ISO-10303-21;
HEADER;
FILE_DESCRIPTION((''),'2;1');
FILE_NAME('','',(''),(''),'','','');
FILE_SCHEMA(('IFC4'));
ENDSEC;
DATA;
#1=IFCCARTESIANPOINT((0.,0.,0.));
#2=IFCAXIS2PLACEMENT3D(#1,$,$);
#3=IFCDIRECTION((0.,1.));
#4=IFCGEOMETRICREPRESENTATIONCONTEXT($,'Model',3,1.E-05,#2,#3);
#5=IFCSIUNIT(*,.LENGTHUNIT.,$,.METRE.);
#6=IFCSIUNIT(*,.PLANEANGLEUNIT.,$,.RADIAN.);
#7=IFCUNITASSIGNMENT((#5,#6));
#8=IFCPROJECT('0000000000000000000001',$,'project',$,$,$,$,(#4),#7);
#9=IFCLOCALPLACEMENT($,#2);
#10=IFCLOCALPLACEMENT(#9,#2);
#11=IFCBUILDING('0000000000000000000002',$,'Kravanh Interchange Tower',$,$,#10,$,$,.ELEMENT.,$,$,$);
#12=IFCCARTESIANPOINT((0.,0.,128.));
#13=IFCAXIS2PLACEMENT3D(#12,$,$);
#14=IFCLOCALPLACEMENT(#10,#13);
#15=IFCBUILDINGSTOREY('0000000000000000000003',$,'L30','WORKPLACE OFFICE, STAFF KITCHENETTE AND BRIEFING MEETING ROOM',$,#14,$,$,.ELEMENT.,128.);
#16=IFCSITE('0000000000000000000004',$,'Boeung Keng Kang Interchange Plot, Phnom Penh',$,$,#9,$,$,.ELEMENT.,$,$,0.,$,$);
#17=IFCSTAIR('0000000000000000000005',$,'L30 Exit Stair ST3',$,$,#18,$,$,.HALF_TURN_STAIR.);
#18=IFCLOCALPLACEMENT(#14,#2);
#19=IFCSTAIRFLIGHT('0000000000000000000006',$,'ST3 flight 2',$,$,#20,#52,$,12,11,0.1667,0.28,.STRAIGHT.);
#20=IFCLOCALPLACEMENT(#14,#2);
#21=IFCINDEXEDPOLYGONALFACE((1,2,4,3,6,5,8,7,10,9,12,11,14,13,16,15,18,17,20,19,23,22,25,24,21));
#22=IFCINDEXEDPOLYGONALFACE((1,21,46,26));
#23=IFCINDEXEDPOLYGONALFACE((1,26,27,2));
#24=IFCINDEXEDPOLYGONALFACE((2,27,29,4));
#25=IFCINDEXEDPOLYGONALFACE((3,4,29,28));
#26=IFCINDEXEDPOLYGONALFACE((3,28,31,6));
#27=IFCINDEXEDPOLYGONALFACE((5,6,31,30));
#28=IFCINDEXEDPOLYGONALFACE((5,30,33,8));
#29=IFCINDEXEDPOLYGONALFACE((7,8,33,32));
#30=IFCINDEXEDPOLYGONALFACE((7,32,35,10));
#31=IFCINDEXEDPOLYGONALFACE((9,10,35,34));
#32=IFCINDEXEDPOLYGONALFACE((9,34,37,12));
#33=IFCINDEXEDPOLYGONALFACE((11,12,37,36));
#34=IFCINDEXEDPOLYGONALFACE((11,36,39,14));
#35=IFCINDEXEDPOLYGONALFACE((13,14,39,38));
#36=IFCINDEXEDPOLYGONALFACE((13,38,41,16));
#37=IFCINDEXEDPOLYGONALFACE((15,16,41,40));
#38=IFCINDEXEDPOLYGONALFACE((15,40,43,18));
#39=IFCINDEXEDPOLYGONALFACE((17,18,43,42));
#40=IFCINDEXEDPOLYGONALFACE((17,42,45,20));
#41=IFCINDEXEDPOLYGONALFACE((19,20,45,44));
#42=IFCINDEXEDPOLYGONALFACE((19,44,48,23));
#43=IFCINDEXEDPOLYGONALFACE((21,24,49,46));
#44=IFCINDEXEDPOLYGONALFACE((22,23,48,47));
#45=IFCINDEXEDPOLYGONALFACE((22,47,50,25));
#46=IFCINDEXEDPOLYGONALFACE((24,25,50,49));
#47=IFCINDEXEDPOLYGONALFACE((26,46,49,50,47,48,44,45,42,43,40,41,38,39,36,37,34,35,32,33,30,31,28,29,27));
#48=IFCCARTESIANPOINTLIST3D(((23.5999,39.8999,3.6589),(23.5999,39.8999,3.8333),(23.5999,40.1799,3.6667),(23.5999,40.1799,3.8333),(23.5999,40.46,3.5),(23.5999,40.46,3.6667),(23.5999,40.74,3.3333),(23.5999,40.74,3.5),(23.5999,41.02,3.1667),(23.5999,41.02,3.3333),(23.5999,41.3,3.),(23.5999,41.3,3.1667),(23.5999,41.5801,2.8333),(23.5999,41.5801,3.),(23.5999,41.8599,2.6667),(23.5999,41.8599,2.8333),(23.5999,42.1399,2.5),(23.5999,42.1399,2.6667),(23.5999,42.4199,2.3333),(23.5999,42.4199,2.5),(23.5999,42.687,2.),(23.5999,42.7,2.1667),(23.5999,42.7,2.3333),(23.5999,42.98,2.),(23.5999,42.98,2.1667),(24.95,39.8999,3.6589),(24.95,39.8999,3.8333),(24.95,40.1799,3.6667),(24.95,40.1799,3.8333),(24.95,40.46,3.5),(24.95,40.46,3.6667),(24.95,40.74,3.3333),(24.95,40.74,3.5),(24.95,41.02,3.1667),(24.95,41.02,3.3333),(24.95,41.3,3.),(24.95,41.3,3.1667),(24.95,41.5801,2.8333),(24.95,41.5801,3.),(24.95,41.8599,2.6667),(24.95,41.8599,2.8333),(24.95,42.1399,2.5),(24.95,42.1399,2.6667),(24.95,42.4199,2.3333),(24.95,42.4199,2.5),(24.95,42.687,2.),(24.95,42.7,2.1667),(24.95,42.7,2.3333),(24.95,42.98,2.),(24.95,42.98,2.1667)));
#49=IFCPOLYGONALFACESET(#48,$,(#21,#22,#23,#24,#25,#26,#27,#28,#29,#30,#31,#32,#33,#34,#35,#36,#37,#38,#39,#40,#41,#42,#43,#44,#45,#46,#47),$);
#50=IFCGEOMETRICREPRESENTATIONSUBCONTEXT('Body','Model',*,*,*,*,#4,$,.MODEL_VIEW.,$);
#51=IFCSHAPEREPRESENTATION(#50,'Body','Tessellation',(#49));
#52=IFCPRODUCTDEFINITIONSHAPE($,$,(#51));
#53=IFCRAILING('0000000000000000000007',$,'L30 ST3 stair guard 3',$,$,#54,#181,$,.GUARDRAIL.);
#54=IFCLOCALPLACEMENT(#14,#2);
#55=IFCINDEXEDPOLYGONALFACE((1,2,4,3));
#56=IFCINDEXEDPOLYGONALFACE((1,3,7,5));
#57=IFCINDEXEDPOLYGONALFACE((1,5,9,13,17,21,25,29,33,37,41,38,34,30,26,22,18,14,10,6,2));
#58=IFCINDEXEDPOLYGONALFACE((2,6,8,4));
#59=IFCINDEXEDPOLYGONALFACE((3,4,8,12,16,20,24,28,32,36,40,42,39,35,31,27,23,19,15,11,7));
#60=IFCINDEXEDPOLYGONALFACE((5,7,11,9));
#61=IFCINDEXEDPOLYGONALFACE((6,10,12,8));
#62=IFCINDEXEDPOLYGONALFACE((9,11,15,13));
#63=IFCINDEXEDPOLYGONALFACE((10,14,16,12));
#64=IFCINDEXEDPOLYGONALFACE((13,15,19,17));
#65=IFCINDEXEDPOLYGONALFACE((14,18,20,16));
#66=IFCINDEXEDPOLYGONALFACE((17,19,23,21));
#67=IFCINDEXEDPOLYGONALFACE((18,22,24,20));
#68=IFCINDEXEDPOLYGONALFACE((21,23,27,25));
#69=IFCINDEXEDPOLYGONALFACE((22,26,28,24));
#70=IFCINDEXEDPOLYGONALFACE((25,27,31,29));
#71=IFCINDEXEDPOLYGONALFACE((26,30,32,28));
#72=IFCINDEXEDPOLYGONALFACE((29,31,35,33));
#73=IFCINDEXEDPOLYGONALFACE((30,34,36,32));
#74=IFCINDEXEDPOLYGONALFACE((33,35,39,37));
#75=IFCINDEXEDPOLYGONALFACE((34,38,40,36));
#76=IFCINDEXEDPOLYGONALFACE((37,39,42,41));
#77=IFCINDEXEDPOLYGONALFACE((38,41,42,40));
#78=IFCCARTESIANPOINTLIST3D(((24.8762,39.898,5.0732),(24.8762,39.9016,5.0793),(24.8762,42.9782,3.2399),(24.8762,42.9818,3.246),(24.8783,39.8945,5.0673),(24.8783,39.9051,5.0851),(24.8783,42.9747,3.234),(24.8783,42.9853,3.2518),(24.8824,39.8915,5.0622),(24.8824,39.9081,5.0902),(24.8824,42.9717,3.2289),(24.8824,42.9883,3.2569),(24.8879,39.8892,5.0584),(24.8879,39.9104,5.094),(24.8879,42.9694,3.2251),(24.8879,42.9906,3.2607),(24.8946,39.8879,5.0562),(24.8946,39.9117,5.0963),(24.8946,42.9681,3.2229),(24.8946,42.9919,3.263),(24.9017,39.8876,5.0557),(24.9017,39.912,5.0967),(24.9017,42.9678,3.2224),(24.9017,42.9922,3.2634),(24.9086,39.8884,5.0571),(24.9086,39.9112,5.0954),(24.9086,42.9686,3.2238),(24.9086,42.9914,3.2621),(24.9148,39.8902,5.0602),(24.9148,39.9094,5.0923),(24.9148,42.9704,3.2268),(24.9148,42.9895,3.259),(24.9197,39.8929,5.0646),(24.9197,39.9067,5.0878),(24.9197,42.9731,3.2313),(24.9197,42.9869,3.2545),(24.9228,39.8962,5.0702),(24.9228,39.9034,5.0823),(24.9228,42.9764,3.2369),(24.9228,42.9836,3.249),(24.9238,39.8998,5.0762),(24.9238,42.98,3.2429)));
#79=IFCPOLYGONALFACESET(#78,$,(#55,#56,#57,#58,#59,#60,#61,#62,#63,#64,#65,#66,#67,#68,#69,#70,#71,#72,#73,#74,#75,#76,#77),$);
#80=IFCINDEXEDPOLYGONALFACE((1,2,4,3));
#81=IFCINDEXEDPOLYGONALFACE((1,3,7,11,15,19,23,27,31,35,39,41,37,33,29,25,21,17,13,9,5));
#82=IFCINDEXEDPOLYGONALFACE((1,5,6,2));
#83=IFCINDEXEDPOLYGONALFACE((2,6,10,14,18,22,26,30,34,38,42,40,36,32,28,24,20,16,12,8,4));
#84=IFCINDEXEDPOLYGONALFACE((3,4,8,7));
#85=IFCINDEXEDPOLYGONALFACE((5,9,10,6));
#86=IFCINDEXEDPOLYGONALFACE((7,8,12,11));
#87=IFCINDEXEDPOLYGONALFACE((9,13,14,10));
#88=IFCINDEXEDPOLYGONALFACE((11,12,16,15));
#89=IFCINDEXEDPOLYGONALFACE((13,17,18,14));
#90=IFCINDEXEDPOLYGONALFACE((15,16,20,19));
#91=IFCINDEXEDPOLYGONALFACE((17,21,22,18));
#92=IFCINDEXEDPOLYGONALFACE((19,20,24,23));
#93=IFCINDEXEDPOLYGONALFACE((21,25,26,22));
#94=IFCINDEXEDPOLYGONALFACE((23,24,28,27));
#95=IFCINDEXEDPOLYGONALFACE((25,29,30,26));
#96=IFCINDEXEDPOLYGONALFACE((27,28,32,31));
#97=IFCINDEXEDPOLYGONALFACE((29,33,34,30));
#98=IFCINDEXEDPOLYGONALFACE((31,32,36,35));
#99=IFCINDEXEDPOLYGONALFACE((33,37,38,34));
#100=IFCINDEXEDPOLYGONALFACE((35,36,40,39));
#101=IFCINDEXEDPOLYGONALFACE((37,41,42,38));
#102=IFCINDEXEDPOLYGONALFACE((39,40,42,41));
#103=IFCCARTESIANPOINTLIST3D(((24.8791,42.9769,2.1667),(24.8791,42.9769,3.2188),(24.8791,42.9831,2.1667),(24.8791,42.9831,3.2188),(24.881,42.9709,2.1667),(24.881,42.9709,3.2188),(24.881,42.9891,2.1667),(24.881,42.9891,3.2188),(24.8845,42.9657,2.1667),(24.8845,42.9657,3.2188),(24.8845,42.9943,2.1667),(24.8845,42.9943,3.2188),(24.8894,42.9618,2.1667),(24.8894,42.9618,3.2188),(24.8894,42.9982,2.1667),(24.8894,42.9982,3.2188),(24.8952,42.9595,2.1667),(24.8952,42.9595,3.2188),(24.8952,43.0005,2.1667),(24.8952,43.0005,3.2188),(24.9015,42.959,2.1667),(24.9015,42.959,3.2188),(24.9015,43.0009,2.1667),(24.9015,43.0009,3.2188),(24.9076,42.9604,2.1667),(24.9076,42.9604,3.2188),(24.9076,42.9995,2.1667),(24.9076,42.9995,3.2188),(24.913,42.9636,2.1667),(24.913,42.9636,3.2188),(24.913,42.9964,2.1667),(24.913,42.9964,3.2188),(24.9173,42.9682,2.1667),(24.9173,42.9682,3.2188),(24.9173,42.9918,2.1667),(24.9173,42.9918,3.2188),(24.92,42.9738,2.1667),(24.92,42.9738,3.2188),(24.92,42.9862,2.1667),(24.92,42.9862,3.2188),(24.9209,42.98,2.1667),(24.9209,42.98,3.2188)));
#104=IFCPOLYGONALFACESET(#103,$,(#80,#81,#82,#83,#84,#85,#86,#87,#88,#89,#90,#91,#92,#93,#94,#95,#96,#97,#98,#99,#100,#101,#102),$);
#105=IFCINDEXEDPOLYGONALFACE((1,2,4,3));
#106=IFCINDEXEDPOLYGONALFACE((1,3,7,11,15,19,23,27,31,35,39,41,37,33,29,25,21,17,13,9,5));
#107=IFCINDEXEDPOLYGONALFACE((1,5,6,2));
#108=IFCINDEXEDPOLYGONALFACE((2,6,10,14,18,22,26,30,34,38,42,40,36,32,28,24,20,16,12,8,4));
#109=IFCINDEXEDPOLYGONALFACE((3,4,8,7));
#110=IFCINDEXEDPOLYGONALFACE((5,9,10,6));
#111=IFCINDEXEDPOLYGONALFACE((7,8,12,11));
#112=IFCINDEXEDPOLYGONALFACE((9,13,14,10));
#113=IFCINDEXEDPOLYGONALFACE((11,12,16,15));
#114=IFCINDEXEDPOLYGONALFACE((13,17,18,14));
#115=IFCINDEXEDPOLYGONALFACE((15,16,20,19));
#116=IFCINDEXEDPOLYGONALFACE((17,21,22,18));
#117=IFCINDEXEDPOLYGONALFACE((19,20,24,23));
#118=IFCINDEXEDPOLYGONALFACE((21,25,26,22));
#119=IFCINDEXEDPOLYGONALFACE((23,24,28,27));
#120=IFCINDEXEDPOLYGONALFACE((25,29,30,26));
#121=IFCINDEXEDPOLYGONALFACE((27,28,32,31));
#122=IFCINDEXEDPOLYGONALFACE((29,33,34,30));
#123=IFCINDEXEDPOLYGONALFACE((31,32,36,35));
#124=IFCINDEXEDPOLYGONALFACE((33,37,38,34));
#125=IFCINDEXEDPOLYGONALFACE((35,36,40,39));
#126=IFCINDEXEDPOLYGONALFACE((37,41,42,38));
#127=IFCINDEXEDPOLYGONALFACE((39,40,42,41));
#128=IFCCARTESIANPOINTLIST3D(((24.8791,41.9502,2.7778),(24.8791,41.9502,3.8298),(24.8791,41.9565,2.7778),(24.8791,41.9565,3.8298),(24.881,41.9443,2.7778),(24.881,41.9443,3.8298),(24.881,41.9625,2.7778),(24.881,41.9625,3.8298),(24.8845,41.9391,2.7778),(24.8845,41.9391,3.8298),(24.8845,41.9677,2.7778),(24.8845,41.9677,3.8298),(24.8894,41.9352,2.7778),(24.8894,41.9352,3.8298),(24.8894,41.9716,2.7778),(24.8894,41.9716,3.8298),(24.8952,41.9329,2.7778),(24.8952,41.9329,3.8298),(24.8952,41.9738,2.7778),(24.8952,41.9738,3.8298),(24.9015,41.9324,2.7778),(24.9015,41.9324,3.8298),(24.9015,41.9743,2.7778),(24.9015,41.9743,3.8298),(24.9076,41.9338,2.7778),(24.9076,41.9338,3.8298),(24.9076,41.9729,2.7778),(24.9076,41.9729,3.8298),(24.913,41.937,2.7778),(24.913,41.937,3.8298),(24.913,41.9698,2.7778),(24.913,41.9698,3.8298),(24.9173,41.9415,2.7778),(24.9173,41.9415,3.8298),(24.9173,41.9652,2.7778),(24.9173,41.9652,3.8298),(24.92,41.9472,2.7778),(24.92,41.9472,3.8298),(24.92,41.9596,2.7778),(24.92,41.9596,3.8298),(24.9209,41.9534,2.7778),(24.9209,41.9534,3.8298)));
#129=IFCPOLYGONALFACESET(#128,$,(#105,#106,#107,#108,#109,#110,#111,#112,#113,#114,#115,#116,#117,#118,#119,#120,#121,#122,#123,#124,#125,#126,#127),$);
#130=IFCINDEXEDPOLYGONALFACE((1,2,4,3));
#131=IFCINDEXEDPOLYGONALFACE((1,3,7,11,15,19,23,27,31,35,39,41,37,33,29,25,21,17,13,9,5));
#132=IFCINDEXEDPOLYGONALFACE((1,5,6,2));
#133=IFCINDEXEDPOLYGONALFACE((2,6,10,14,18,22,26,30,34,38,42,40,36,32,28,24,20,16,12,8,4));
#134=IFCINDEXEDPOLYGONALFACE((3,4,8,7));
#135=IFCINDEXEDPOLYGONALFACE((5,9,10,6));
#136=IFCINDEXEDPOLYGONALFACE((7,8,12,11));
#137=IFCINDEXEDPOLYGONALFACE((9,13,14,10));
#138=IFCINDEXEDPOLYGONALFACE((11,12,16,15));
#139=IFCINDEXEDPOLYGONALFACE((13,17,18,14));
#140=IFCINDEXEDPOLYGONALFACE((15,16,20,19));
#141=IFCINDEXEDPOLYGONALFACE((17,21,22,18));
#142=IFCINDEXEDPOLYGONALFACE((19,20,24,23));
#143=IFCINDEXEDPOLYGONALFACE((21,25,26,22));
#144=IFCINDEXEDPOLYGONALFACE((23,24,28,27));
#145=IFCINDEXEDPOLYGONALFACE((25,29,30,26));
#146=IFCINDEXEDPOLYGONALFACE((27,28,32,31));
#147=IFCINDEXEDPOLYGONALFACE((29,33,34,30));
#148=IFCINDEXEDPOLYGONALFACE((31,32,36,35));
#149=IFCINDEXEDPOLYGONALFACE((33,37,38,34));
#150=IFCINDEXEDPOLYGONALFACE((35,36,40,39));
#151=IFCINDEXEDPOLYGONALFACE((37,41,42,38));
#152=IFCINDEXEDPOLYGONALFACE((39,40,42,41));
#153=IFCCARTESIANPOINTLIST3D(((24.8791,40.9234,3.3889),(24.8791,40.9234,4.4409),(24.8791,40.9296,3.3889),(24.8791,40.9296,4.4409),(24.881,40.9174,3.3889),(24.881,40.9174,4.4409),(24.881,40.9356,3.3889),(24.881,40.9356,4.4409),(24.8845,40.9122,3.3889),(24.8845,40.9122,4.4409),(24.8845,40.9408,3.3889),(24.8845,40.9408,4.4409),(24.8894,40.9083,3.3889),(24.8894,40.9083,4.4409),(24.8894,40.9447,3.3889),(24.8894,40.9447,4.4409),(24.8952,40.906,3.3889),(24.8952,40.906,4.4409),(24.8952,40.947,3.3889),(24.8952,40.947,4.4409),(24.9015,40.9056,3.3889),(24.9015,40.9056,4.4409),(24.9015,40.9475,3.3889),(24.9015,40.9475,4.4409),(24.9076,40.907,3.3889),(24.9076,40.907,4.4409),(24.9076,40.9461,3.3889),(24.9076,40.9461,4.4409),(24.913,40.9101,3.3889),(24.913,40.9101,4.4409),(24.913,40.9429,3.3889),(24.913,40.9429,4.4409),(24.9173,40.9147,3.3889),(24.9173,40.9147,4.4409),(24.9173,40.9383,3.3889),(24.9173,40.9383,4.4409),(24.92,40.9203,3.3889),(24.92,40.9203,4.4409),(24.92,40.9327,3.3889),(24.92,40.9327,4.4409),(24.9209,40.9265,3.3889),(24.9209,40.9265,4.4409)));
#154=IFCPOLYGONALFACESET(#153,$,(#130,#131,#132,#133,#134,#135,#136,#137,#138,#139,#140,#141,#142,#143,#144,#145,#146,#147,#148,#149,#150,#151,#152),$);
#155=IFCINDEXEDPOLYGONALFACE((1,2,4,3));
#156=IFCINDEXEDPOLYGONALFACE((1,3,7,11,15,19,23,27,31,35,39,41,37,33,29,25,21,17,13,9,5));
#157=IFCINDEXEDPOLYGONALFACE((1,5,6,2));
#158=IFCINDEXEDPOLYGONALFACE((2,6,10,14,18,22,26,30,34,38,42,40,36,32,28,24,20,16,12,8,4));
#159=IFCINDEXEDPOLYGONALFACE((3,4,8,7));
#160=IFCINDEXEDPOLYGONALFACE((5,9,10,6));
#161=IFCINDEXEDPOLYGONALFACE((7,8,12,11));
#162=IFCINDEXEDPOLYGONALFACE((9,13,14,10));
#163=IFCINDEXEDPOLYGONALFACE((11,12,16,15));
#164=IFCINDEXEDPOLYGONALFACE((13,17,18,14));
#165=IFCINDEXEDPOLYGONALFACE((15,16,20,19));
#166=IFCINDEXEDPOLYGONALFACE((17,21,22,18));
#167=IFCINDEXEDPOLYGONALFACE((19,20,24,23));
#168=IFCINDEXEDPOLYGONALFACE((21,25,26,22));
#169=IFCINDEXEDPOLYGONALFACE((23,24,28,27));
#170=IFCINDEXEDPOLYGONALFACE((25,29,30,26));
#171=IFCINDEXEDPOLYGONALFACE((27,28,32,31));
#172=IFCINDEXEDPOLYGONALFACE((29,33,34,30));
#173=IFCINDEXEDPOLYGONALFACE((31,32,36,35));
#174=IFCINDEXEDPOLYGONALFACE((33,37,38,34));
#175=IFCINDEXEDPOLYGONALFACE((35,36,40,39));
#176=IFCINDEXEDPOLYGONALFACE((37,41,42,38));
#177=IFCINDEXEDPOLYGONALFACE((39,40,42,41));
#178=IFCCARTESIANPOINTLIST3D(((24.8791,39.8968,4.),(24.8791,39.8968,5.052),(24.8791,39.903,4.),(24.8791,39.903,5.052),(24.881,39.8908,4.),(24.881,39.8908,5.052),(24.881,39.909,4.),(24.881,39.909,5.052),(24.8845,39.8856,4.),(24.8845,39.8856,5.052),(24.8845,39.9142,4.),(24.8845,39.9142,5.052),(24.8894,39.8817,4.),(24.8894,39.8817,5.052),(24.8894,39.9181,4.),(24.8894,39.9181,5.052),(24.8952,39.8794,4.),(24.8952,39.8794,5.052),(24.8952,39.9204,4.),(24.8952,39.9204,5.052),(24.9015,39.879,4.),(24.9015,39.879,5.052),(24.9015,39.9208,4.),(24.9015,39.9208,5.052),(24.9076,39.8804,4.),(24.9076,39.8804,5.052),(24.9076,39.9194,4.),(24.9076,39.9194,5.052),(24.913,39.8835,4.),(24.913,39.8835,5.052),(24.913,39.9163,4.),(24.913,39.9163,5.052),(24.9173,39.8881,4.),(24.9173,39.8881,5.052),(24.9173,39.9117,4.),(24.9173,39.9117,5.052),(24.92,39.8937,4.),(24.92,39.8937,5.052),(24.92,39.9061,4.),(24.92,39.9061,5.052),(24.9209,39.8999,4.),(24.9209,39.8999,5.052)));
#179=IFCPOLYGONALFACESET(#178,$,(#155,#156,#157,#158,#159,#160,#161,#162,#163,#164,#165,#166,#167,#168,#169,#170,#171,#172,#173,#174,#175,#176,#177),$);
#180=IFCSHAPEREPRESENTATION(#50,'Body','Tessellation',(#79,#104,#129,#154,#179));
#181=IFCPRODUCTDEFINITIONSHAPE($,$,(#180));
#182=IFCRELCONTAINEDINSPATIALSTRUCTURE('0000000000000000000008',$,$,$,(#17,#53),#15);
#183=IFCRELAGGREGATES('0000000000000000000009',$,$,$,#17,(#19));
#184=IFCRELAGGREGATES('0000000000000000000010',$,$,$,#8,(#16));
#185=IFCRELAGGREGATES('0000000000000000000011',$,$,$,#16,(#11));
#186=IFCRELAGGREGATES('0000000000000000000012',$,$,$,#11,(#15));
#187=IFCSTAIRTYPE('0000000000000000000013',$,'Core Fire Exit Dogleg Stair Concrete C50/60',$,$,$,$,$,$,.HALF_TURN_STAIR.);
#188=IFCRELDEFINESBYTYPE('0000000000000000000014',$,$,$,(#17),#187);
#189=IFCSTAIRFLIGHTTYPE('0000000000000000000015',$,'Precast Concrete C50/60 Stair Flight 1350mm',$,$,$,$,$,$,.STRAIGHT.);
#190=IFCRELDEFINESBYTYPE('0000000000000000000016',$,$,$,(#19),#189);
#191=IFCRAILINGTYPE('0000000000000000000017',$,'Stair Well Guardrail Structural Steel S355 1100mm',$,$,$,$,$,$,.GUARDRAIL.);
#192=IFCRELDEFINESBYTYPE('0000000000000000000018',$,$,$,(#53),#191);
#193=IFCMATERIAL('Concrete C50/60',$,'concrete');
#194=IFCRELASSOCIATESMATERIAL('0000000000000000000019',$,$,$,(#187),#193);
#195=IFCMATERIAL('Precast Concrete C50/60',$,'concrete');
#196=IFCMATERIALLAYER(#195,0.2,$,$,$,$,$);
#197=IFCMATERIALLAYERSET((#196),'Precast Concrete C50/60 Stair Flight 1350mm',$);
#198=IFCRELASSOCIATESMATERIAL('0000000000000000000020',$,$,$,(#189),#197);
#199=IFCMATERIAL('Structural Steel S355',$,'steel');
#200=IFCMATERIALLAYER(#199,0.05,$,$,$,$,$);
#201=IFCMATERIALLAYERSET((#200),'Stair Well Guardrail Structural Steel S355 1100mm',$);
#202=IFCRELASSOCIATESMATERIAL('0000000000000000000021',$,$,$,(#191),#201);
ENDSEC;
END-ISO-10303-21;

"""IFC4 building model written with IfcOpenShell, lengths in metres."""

from ifc_helpers import new_model, si_unit, direction, frame, origin, origin_2d, place, context, subcontext, project, spatial, polyline, circle, outline, extrude, material, layer, layer_set, type_object, element, aggregate, save


model = new_model("IFC4")

# Units and contexts
model_context = context("Model", 3, precision=1e-05, world=origin(), true_north=direction((0.0, 1.0)))
body_context = subcontext(model_context, "Body", "Model", "MODEL_VIEW")
ifc_project = project(units=[si_unit("LENGTHUNIT", "METRE"), si_unit("PLANEANGLEUNIT", "RADIAN")], contexts=[model_context])

# Site, building, storey
site_placement = place(None, origin())
site = spatial("IfcSite", under=ifc_project, at=site_placement, Name="Boeung Keng Kang Interchange Plot, Phnom Penh", CompositionType="ELEMENT", RefElevation=0.0)
building_placement = place(site_placement, origin())
building = spatial("IfcBuilding", under=site, at=building_placement, Name="Kravanh Interchange Tower", CompositionType="ELEMENT")
storey_placement = place(building_placement, frame((0.0, 0.0, 128.0)))
storey = spatial("IfcBuildingStorey", under=building, at=storey_placement, Name="L30", Description="WORKPLACE OFFICE, STAFF KITCHENETTE AND BRIEFING MEETING ROOM", CompositionType="ELEMENT", Elevation=128.0)

# Stair, stair flight
ifc_material_1 = material(Name="Concrete C50/60", Category="concrete")
stair_type = type_object("IfcStairType", Name="Core Fire Exit Dogleg Stair Concrete C50/60", PredefinedType="HALF_TURN_STAIR", material=ifc_material_1)
stair_placement = place(storey_placement, origin())
stair = element("IfcStair", 1, at=stair_placement, inside=storey, type_object=stair_type, Name="L30 Exit Stair ST3", PredefinedType="HALF_TURN_STAIR")
ifc_material_2 = material(Name="Precast Concrete C50/60", Category="concrete")
ifc_layer_1 = layer(ifc_material_2, 0.2)
ifc_layer_set_1 = layer_set([ifc_layer_1], Name="Precast Concrete C50/60 Stair Flight 1350mm")
stair_flight_type = type_object("IfcStairFlightType", Name="Precast Concrete C50/60 Stair Flight 1350mm", PredefinedType="STRAIGHT", material=ifc_layer_set_1)
stair_flight_placement = place(storey_placement, frame((24.2749, 42.98, 2.0), z_axis=(0.0, 0.0, 1.0), x_axis=(0.0, -1.0, 0.0)))
stair_flight = element("IfcStairFlight", 2, at=stair_flight_placement, type_object=stair_flight_type, Name="ST3 flight 2", NumberOfRisers=12, NumberOfTreads=11, PredefinedType="STRAIGHT", RiserHeight=0.1667, TreadLength=0.28, context=body_context, shape_type="SweptSolid", body=[
    extrude(outline(polyline([(0.0, 0.0), (0.0, 0.1667), (0.28, 0.1667), (0.28, 0.3333), (0.5601, 0.3333), (0.5601, 0.5), (0.8401, 0.5), (0.8401, 0.6667), (1.1201, 0.6667), (1.1201, 0.8333), (1.3999, 0.8333), (1.3999, 1.0), (1.6799, 1.0), (1.6799, 1.1667), (1.96, 1.1667), (1.96, 1.3333), (2.24, 1.3333), (2.24, 1.5), (2.52, 1.5), (2.52, 1.6667), (2.8, 1.6667), (2.8, 1.8333), (3.0801, 1.8333), (3.0801, 2.0), (3.0801, 1.6589), (0.293, 0.0), (0.0, 0.0)])), frame((0.0, 0.675, 0.0), z_axis=(0.0, -1.0, 0.0), x_axis=(1.0, 0.0, 0.0)), (0.0, 0.0, 1.0), 1.3501),
])
aggregate(stair, [stair_flight])

# Railing
ifc_material_3 = material(Name="Structural Steel S355", Category="steel")
ifc_layer_2 = layer(ifc_material_3, 0.05)
ifc_layer_set_2 = layer_set([ifc_layer_2], Name="Stair Well Guardrail Structural Steel S355 1100mm")
railing_type_1 = type_object("IfcRailingType", Name="Stair Well Guardrail Structural Steel S355 1100mm", PredefinedType="GUARDRAIL", material=ifc_layer_set_2)
railing_1_placement = place(storey_placement, frame((24.8999, 42.98, 2.1667)))
element("IfcRailing", 3, at=railing_1_placement, inside=storey, type_object=railing_type_1, Name="L30 ST3 stair guard 3", PredefinedType="GUARDRAIL", context=body_context, shape_type="SweptSolid", body=[
    extrude(circle(Radius=0.0239, at=origin_2d()), frame((0.0, 0.0, 1.0762), z_axis=(0.0, -0.859309, 0.511458), x_axis=(1.0, 0.0, 0.0)), (0.0, 0.0, 1.0), 3.5845),
    extrude(circle(Radius=0.021, at=origin_2d()), origin(), (0.0, 0.0, 1.0), 1.052),
    extrude(circle(Radius=0.021, at=origin_2d()), frame((0.0, -1.0266, 0.6111)), (0.0, 0.0, 1.0), 1.052),
    extrude(circle(Radius=0.021, at=origin_2d()), frame((0.0, -2.0535, 1.2222)), (0.0, 0.0, 1.0), 1.052),
    extrude(circle(Radius=0.021, at=origin_2d()), frame((0.0, -3.0801, 1.8333)), (0.0, 0.0, 1.0), 1.052),
])

save(model, "model.ifc")
